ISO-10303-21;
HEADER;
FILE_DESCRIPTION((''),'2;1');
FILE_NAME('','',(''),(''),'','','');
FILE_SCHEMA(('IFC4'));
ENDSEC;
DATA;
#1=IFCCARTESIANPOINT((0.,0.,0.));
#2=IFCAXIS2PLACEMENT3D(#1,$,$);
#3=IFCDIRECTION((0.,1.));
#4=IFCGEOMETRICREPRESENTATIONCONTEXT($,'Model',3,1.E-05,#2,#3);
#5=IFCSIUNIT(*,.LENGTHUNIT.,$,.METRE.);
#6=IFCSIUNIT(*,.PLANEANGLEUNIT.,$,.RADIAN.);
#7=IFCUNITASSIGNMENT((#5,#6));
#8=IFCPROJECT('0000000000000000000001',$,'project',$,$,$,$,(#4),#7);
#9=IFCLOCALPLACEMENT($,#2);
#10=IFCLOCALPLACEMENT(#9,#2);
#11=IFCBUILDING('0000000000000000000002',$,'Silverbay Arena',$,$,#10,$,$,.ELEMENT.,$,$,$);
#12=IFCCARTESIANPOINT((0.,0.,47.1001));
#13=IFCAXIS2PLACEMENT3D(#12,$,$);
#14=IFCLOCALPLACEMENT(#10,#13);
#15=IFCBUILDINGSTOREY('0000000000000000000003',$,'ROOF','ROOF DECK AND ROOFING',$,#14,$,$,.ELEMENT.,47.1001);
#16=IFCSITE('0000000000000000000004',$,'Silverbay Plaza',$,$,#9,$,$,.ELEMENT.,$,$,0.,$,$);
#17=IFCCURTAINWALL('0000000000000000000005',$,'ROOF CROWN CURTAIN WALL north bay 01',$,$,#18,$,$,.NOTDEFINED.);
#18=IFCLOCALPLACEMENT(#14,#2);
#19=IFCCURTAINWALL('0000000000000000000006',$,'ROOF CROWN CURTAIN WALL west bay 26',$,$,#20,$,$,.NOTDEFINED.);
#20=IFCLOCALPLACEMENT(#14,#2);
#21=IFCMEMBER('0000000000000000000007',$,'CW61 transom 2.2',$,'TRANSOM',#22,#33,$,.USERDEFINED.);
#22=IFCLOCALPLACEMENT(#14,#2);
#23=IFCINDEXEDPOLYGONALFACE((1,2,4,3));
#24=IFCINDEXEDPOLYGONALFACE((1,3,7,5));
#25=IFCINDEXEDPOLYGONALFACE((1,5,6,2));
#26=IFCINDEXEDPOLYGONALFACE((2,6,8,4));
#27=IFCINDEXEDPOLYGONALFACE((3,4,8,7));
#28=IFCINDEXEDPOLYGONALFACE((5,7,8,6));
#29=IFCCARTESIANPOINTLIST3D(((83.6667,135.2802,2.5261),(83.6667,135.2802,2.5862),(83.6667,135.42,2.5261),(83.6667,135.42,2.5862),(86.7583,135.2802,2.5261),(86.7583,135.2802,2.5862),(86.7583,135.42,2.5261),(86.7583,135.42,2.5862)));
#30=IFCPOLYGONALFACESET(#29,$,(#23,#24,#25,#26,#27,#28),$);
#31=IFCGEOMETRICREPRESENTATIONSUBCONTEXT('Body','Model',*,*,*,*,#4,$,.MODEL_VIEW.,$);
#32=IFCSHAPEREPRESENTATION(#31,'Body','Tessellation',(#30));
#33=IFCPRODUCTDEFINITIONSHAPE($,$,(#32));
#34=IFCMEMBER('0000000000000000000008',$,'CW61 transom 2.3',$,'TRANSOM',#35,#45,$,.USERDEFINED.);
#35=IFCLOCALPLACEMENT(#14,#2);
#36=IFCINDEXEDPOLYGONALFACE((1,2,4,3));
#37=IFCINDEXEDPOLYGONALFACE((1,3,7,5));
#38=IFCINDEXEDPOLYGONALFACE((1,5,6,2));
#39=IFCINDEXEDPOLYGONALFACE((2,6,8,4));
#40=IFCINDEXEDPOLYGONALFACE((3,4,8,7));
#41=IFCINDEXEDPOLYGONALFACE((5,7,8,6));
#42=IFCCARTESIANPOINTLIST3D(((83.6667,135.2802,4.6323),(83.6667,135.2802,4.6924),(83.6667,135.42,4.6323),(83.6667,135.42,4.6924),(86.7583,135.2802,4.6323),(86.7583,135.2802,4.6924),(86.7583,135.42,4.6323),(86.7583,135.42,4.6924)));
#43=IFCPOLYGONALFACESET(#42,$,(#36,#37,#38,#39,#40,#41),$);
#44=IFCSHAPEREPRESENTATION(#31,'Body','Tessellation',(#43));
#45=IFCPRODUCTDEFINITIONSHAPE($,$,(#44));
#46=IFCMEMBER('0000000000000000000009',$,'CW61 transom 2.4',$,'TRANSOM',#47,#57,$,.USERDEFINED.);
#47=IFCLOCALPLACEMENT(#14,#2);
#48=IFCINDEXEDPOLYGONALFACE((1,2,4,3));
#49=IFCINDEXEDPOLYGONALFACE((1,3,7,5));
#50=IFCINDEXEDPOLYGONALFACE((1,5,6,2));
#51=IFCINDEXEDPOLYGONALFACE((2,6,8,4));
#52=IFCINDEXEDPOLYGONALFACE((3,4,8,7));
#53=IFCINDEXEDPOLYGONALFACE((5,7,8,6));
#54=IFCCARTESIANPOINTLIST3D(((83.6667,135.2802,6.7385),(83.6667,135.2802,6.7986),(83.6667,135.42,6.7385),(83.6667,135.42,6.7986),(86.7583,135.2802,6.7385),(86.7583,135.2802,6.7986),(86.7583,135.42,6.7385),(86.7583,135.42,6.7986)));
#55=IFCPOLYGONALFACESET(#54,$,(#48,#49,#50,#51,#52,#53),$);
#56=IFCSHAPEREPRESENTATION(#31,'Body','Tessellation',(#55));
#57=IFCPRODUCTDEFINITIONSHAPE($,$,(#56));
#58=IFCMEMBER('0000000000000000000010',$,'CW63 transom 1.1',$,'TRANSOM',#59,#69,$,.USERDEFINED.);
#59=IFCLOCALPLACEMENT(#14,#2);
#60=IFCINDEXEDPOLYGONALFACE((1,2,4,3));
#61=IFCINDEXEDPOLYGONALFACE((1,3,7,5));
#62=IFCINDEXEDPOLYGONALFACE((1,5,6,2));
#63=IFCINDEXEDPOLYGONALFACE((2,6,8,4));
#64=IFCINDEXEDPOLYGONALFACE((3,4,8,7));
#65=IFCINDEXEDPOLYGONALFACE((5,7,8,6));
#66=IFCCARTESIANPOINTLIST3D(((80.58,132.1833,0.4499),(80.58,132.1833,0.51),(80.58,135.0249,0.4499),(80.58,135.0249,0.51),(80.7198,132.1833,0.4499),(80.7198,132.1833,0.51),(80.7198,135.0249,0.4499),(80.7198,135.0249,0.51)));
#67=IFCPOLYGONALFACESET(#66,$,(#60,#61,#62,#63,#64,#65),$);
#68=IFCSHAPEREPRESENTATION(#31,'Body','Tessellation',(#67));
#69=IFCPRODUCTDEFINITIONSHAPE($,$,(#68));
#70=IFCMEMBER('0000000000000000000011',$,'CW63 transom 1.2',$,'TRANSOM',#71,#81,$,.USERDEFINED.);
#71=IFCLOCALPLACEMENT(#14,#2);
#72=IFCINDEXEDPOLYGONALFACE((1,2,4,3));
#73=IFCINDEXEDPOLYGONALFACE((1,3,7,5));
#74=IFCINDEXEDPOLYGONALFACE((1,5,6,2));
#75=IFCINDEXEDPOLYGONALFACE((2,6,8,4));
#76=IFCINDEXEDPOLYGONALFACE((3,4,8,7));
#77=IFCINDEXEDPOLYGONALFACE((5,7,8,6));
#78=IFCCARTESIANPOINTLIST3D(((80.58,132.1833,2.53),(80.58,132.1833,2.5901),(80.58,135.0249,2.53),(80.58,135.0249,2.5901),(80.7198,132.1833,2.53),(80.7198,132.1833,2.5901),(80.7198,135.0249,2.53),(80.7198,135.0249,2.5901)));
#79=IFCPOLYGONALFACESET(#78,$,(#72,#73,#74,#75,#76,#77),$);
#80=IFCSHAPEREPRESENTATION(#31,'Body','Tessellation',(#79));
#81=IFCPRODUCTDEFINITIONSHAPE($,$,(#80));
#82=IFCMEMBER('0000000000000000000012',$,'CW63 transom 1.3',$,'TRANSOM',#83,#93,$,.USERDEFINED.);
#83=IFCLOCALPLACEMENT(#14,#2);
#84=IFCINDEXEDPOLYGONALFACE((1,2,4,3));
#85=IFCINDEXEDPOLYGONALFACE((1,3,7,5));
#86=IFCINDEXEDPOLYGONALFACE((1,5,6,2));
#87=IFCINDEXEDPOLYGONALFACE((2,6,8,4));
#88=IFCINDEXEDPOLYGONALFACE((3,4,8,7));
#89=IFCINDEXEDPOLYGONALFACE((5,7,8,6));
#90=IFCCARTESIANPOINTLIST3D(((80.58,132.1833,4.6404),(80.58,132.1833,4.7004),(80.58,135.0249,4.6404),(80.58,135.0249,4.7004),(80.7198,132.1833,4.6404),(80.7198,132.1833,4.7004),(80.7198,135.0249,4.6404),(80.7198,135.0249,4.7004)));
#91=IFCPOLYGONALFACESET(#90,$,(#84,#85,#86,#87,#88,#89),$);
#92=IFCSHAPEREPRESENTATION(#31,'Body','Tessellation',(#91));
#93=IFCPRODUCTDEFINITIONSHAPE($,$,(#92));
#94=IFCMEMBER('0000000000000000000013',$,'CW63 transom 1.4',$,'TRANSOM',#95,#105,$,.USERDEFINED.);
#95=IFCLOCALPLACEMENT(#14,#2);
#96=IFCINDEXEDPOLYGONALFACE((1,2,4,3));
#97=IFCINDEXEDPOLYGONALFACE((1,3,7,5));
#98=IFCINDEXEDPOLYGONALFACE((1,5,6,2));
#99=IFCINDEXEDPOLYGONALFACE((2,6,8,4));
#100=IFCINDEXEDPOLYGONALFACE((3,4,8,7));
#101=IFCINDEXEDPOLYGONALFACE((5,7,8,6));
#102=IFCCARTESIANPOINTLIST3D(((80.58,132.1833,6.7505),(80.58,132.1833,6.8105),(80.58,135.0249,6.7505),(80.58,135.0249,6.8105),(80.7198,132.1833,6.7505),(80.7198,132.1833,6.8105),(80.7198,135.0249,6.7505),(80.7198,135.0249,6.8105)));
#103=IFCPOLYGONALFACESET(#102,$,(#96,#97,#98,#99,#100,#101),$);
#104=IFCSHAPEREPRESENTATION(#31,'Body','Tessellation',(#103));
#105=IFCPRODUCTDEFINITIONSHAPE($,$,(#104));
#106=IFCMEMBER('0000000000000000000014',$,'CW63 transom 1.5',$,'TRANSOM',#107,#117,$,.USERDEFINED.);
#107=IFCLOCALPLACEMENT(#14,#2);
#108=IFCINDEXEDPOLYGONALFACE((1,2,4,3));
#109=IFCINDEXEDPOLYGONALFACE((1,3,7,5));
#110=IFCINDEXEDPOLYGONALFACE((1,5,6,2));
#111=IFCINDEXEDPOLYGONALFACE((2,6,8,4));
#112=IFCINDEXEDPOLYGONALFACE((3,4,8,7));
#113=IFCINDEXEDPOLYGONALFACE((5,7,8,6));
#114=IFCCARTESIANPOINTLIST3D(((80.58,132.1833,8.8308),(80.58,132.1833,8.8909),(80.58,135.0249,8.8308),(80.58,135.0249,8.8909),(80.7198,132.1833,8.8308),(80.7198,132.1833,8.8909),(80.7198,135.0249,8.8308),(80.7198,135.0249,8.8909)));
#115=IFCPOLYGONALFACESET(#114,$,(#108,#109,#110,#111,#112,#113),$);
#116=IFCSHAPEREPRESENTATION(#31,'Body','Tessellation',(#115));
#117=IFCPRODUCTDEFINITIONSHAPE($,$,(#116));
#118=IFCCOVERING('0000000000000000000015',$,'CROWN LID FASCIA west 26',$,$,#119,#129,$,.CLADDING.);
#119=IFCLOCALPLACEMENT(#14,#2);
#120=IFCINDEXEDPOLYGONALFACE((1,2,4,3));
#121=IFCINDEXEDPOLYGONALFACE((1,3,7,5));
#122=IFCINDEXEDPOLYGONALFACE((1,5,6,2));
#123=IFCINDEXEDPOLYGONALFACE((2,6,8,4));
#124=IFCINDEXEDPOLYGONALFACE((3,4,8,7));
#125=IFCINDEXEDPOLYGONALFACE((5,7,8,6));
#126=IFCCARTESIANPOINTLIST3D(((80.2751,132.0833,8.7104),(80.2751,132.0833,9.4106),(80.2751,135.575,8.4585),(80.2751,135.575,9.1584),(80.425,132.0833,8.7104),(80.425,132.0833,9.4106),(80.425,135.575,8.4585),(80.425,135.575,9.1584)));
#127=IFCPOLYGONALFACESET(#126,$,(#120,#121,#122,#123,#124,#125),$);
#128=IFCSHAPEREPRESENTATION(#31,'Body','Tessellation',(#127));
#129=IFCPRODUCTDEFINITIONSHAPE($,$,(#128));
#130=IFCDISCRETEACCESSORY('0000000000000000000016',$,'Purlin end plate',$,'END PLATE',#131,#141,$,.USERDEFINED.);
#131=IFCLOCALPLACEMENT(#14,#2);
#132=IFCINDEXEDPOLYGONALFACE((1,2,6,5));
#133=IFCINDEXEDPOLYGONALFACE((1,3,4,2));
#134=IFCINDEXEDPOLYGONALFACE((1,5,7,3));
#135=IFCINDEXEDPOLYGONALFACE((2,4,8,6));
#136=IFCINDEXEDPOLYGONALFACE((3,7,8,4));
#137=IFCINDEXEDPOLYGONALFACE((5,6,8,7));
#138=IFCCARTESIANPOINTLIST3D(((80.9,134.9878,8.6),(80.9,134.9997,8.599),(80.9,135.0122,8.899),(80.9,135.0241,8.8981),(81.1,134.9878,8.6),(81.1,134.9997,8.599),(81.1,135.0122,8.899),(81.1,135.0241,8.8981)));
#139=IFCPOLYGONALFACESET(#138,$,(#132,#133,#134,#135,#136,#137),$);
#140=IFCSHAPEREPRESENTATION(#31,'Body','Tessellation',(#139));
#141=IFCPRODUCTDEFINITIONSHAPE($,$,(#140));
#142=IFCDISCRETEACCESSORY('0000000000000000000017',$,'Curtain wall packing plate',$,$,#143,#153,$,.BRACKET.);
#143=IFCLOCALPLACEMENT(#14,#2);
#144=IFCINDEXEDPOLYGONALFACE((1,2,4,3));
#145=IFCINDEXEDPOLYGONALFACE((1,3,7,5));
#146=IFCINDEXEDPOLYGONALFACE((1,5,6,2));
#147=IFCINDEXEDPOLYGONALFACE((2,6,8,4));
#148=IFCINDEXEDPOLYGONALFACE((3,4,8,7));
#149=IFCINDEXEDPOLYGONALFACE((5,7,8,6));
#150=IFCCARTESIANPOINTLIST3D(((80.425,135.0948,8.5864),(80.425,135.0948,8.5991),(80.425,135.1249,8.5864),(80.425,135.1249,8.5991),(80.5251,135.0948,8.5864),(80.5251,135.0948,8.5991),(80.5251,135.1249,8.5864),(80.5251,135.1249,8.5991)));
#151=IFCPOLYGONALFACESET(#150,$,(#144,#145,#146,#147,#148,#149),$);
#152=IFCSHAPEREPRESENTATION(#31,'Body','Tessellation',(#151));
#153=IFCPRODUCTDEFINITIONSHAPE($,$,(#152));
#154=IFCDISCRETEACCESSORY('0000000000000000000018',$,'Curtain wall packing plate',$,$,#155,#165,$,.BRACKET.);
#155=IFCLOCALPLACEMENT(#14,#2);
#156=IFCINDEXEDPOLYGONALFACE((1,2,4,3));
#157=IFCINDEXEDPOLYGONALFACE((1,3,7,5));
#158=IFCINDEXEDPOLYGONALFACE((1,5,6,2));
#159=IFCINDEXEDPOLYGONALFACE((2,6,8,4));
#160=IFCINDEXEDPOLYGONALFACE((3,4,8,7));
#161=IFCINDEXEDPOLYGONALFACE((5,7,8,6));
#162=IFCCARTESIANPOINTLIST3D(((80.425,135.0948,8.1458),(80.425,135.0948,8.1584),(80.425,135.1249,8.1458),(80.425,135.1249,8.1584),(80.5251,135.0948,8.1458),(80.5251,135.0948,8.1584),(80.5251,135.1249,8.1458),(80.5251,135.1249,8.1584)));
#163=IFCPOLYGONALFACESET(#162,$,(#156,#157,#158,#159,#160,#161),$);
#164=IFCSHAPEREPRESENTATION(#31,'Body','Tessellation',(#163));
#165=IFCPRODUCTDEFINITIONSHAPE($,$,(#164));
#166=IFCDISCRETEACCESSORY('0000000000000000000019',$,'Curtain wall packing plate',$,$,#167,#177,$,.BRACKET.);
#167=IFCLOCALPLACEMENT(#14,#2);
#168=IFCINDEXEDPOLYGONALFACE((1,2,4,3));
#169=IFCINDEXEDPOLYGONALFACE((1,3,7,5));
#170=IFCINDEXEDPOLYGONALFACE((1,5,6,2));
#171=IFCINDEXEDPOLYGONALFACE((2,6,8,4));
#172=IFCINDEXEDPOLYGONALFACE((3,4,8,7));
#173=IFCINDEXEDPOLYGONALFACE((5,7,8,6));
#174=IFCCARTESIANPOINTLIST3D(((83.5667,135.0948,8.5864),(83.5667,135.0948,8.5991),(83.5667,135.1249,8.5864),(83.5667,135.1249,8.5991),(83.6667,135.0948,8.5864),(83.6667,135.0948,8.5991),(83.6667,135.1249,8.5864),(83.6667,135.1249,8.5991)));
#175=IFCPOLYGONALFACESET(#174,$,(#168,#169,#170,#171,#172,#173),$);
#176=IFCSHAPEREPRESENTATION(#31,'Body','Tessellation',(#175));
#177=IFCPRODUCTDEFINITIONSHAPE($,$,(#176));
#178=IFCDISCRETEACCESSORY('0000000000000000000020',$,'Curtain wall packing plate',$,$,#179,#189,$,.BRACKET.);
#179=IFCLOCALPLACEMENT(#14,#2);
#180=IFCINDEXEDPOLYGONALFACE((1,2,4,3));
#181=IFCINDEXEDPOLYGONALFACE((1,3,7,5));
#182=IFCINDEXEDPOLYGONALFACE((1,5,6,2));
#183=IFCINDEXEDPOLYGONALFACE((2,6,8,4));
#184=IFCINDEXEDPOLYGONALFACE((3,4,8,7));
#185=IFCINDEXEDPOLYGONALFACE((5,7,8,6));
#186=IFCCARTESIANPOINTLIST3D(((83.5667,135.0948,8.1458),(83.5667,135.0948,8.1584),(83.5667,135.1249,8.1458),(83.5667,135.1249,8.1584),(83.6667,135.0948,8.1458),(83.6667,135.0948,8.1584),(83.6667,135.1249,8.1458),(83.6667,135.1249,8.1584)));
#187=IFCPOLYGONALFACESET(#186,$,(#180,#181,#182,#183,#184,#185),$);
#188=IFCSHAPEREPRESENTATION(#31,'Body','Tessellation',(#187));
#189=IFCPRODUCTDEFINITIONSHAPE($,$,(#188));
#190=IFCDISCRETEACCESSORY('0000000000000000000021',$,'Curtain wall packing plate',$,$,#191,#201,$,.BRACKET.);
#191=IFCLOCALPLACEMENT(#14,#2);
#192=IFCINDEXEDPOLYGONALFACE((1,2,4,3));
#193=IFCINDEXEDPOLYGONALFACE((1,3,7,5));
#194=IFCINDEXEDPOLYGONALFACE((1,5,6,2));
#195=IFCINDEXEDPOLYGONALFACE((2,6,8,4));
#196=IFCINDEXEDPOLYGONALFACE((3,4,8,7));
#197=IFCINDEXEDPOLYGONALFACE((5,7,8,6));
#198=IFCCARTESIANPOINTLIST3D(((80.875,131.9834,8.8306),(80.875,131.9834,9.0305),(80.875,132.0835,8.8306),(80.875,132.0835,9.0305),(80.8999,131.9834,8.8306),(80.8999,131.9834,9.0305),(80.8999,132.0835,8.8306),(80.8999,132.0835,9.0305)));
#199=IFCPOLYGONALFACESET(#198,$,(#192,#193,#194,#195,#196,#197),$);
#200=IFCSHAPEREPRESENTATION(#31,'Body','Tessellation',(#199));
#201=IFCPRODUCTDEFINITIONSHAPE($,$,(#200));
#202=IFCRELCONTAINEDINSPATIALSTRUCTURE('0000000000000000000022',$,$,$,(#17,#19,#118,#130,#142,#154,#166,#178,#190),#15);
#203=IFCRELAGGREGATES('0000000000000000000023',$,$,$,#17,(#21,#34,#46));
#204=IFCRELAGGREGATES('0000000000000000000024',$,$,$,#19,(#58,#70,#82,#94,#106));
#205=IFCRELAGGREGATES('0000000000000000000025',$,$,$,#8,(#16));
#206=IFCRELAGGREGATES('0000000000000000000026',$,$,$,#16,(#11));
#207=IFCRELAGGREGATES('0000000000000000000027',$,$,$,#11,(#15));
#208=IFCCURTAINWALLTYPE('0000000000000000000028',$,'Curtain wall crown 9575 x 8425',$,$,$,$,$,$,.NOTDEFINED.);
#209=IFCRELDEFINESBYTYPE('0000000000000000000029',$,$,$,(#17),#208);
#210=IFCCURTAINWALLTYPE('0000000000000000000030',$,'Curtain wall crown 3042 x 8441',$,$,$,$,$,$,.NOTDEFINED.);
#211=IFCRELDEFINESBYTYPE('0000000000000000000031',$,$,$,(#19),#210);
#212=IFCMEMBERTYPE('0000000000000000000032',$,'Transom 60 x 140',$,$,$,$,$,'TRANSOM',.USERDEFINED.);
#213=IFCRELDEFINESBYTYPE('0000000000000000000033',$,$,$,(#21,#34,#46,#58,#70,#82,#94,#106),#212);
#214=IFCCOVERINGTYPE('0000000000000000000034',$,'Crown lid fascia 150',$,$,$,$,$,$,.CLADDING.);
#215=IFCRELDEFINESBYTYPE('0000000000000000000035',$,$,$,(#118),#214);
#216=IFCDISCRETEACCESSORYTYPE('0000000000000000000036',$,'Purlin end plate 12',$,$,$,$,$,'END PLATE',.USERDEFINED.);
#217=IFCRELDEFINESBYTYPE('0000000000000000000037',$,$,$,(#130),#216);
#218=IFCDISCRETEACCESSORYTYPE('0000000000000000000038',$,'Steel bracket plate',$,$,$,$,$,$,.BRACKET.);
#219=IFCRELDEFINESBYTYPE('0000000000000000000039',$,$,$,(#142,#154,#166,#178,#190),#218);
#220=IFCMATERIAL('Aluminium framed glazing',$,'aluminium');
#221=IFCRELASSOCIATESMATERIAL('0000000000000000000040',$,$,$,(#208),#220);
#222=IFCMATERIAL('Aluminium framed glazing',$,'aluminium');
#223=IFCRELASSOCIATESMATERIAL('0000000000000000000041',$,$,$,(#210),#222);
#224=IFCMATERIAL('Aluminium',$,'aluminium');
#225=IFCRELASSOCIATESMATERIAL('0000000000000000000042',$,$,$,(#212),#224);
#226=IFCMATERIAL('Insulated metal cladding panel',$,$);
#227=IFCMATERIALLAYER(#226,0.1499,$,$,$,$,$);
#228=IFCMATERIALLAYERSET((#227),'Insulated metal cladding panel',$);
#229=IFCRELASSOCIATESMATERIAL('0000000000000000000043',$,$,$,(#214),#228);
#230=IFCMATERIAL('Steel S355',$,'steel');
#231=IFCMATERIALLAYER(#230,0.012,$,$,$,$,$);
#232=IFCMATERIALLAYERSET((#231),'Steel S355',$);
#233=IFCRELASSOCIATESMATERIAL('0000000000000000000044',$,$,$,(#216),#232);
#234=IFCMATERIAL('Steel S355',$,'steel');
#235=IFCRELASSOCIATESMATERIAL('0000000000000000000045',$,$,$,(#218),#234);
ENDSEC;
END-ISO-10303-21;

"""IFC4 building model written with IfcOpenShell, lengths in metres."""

from ifc_helpers import new_model, si_unit, direction, frame, origin, origin_2d, place, context, subcontext, project, spatial, polyline, rectangle, outline, extrude, material, layer, layer_set, material_profile, profile_set, type_object, element, aggregate, save


model = new_model("IFC4")

# Units and contexts
model_context = context("Model", 3, precision=1e-05, world=origin(), true_north=direction((0.0, 1.0)))
body_context = subcontext(model_context, "Body", "Model", "MODEL_VIEW")
ifc_project = project(units=[si_unit("LENGTHUNIT", "METRE"), si_unit("PLANEANGLEUNIT", "RADIAN")], contexts=[model_context])

# Site, building, storey
site_placement = place(None, origin())
site = spatial("IfcSite", under=ifc_project, at=site_placement, Name="Silverbay Plaza", CompositionType="ELEMENT", RefElevation=0.0)
building_placement = place(site_placement, origin())
building = spatial("IfcBuilding", under=site, at=building_placement, Name="Silverbay Arena", CompositionType="ELEMENT")
storey_placement = place(building_placement, frame((0.0, 0.0, 47.1001)))
storey = spatial("IfcBuildingStorey", under=building, at=storey_placement, Name="ROOF", Description="ROOF DECK AND ROOFING", CompositionType="ELEMENT", Elevation=47.1001)

# Curtain wall
ifc_material_1 = material(Name="Aluminium framed glazing", Category="aluminium")
curtain_wall_type_1 = type_object("IfcCurtainWallType", Name="Curtain wall crown 9575 x 8425", PredefinedType="NOTDEFINED", material=ifc_material_1)
curtain_wall_1_placement = place(storey_placement, origin())
curtain_wall_1 = element("IfcCurtainWall", 1, at=curtain_wall_1_placement, inside=storey, type_object=curtain_wall_type_1, Name="ROOF CROWN CURTAIN WALL north bay 01", PredefinedType="NOTDEFINED")
placement = place(building_placement, frame((0.0, 0.0, 33.5)))

# Curtain wall
ifc_material_2 = material(Name="Aluminium framed glazing", Category="aluminium")
curtain_wall_type_2 = type_object("IfcCurtainWallType", Name="Curtain wall crown 3042 x 8441", PredefinedType="NOTDEFINED", material=ifc_material_2)
curtain_wall_2_placement = place(storey_placement, origin())
curtain_wall_2 = element("IfcCurtainWall", 2, at=curtain_wall_2_placement, inside=storey, type_object=curtain_wall_type_2, Name="ROOF CROWN CURTAIN WALL west bay 26", PredefinedType="NOTDEFINED")

# Members
ifc_material_3 = material(Name="Aluminium", Category="aluminium")
ifc_material_profile_1 = material_profile(ifc_material_3, rectangle(XDim=0.1399, YDim=0.0601, at=origin_2d()), Name="Transom 60 x 140")
ifc_profile_set_1 = profile_set([ifc_material_profile_1], Name="Aluminium")
member_type_1 = type_object("IfcMemberType", Name="Transom 60 x 140", ElementType="TRANSOM", PredefinedType="USERDEFINED", material=ifc_profile_set_1)
member_1_placement = place(placement, frame((83.6667, 135.3501, 16.1562), z_axis=(1.0, 0.0, 0.0), x_axis=(0.0, 1.0, 0.0)))
member_1 = element("IfcMember", 3, at=member_1_placement, type_object=member_type_1, Name="CW61 transom 2.2", ObjectType="TRANSOM", PredefinedType="USERDEFINED", context=body_context, shape_type="SweptSolid", body=[
    extrude(rectangle(XDim=0.1399, YDim=0.0601, at=origin_2d()), origin(), (0.0, 0.0, 1.0), 3.0916),
])
member_2_placement = place(placement, frame((83.6667, 135.3501, 18.2625), z_axis=(1.0, 0.0, 0.0), x_axis=(0.0, 1.0, 0.0)))
member_2 = element("IfcMember", 4, at=member_2_placement, type_object=member_type_1, Name="CW61 transom 2.3", ObjectType="TRANSOM", PredefinedType="USERDEFINED", context=body_context, shape_type="SweptSolid", body=[
    extrude(rectangle(XDim=0.1399, YDim=0.0601, at=origin_2d()), origin(), (0.0, 0.0, 1.0), 3.0916),
])
member_3_placement = place(placement, frame((83.6667, 135.3501, 20.3687), z_axis=(1.0, 0.0, 0.0), x_axis=(0.0, 1.0, 0.0)))
member_3 = element("IfcMember", 5, at=member_3_placement, type_object=member_type_1, Name="CW61 transom 2.4", ObjectType="TRANSOM", PredefinedType="USERDEFINED", context=body_context, shape_type="SweptSolid", body=[
    extrude(rectangle(XDim=0.1399, YDim=0.0601, at=origin_2d()), origin(), (0.0, 0.0, 1.0), 3.0916),
])
member_4_placement = place(placement, frame((80.6499, 132.1833, 14.0801), z_axis=(0.0, 1.0, 0.0), x_axis=(-1.0, 0.0, 0.0)))
member_4 = element("IfcMember", 6, at=member_4_placement, type_object=member_type_1, Name="CW63 transom 1.1", ObjectType="TRANSOM", PredefinedType="USERDEFINED", context=body_context, shape_type="SweptSolid", body=[
    extrude(rectangle(XDim=0.1399, YDim=0.0601, at=origin_2d()), origin(), (0.0, 0.0, 1.0), 2.8416),
])
member_5_placement = place(placement, frame((80.6499, 132.1833, 16.1602), z_axis=(0.0, 1.0, 0.0), x_axis=(-1.0, 0.0, 0.0)))
member_5 = element("IfcMember", 7, at=member_5_placement, type_object=member_type_1, Name="CW63 transom 1.2", ObjectType="TRANSOM", PredefinedType="USERDEFINED", context=body_context, shape_type="SweptSolid", body=[
    extrude(rectangle(XDim=0.1399, YDim=0.0601, at=origin_2d()), origin(), (0.0, 0.0, 1.0), 2.8416),
])
member_6_placement = place(placement, frame((80.6499, 132.1833, 18.2705), z_axis=(0.0, 1.0, 0.0), x_axis=(-1.0, 0.0, 0.0)))
member_6 = element("IfcMember", 8, at=member_6_placement, type_object=member_type_1, Name="CW63 transom 1.3", ObjectType="TRANSOM", PredefinedType="USERDEFINED", context=body_context, shape_type="SweptSolid", body=[
    extrude(rectangle(XDim=0.1399, YDim=0.0601, at=origin_2d()), origin(), (0.0, 0.0, 1.0), 2.8416),
])
member_7_placement = place(placement, frame((80.6499, 132.1833, 20.3806), z_axis=(0.0, 1.0, 0.0), x_axis=(-1.0, 0.0, 0.0)))
member_7 = element("IfcMember", 9, at=member_7_placement, type_object=member_type_1, Name="CW63 transom 1.4", ObjectType="TRANSOM", PredefinedType="USERDEFINED", context=body_context, shape_type="SweptSolid", body=[
    extrude(rectangle(XDim=0.1399, YDim=0.0601, at=origin_2d()), origin(), (0.0, 0.0, 1.0), 2.8416),
])
member_8_placement = place(placement, frame((80.6499, 132.1833, 22.4609), z_axis=(0.0, 1.0, 0.0), x_axis=(-1.0, 0.0, 0.0)))
member_8 = element("IfcMember", 10, at=member_8_placement, type_object=member_type_1, Name="CW63 transom 1.5", ObjectType="TRANSOM", PredefinedType="USERDEFINED", context=body_context, shape_type="SweptSolid", body=[
    extrude(rectangle(XDim=0.1399, YDim=0.0601, at=origin_2d()), origin(), (0.0, 0.0, 1.0), 2.8416),
])

aggregate(curtain_wall_1, [member_1, member_2, member_3])
aggregate(curtain_wall_2, [member_4, member_5, member_6, member_7, member_8])

# Covering
ifc_material_4 = material(Name="Insulated metal cladding panel")
ifc_layer_1 = layer(ifc_material_4, 0.1499)
ifc_layer_set_1 = layer_set([ifc_layer_1], Name="Insulated metal cladding panel")
covering_type = type_object("IfcCoveringType", Name="Crown lid fascia 150", PredefinedType="CLADDING", material=ifc_layer_set_1)
covering_placement = place(storey_placement, frame((80.425, 132.0833, 8.7104), z_axis=(1.0, 0.0, 0.0), x_axis=(0.0, 0.997407, -0.071971)))
element("IfcCovering", 11, at=covering_placement, inside=storey, type_object=covering_type, Name="CROWN LID FASCIA west 26", PredefinedType="CLADDING", context=body_context, shape_type="SweptSolid", body=[
    extrude(outline(polyline([(0.0, 0.0), (3.5008, 0.0), (3.4504, 0.6981), (-0.0504, 0.6984), (0.0, 0.0)])), origin(), (0.0, 0.0, -1.0), 0.1499),
])

# Discrete accessories
ifc_material_5 = material(Name="Steel S355", Category="steel")
ifc_layer_2 = layer(ifc_material_5, 0.012)
ifc_layer_set_2 = layer_set([ifc_layer_2], Name="Steel S355")
discrete_accessory_type_1 = type_object("IfcDiscreteAccessoryType", Name="Purlin end plate 12", ElementType="END PLATE", PredefinedType="USERDEFINED", material=ifc_layer_set_2)
discrete_accessory_placement = place(storey_placement, frame((81.0, 135.0, 8.7495), z_axis=(0.0, 0.996685, -0.081362), x_axis=(-1.0, 0.0, 0.0)))
element("IfcDiscreteAccessory", 12, at=discrete_accessory_placement, inside=storey, type_object=discrete_accessory_type_1, Name="Purlin end plate", ObjectType="END PLATE", PredefinedType="USERDEFINED", context=body_context, shape_type="SweptSolid", body=[
    extrude(rectangle(XDim=0.2, YDim=0.3, at=origin_2d()), origin(), (0.0, 0.0, 1.0), 0.012),
])
ifc_material_6 = material(Name="Steel S355", Category="steel")
discrete_accessory_type_2 = type_object("IfcDiscreteAccessoryType", Name="Steel bracket plate", PredefinedType="BRACKET", material=ifc_material_6)
for number, where, z_axis, x_axis, name in (
    (13, (80.4751, 135.1099, 8.5864), (0.0, 0.0, 1.0), (1.0, 0.0, 0.0), "Curtain wall packing plate"),
    (14, (80.4751, 135.1099, 8.1458), (0.0, 0.0, 1.0), (1.0, 0.0, 0.0), "Curtain wall packing plate"),
    (15, (83.6167, 135.1099, 8.5864), (0.0, 0.0, 1.0), (1.0, 0.0, 0.0), "Curtain wall packing plate"),
    (16, (83.6167, 135.1099, 8.1458), (0.0, 0.0, 1.0), (1.0, 0.0, 0.0), "Curtain wall packing plate"),
):
    element("IfcDiscreteAccessory", number, at=place(storey_placement, frame(where, z_axis=z_axis, x_axis=x_axis)), inside=storey, type_object=discrete_accessory_type_2, Name=name, PredefinedType="BRACKET", context=body_context, shape_type="SweptSolid", body=[
        extrude(rectangle(XDim=0.1001, YDim=0.03, at=origin_2d()), origin(), (0.0, 0.0, 1.0), 0.0127),
    ])
for number, where, z_axis, x_axis, name in (
    (17, (80.8875, 132.0334, 8.8306), (0.0, 0.0, 1.0), (1.0, 0.0, 0.0), "Curtain wall packing plate"),
):
    element("IfcDiscreteAccessory", number, at=place(storey_placement, frame(where, z_axis=z_axis, x_axis=x_axis)), inside=storey, type_object=discrete_accessory_type_2, Name=name, PredefinedType="BRACKET", context=body_context, shape_type="SweptSolid", body=[
        extrude(rectangle(XDim=0.0249, YDim=0.1001, at=origin_2d()), origin(), (0.0, 0.0, 1.0), 0.2),
    ])

save(model, "model.ifc")
